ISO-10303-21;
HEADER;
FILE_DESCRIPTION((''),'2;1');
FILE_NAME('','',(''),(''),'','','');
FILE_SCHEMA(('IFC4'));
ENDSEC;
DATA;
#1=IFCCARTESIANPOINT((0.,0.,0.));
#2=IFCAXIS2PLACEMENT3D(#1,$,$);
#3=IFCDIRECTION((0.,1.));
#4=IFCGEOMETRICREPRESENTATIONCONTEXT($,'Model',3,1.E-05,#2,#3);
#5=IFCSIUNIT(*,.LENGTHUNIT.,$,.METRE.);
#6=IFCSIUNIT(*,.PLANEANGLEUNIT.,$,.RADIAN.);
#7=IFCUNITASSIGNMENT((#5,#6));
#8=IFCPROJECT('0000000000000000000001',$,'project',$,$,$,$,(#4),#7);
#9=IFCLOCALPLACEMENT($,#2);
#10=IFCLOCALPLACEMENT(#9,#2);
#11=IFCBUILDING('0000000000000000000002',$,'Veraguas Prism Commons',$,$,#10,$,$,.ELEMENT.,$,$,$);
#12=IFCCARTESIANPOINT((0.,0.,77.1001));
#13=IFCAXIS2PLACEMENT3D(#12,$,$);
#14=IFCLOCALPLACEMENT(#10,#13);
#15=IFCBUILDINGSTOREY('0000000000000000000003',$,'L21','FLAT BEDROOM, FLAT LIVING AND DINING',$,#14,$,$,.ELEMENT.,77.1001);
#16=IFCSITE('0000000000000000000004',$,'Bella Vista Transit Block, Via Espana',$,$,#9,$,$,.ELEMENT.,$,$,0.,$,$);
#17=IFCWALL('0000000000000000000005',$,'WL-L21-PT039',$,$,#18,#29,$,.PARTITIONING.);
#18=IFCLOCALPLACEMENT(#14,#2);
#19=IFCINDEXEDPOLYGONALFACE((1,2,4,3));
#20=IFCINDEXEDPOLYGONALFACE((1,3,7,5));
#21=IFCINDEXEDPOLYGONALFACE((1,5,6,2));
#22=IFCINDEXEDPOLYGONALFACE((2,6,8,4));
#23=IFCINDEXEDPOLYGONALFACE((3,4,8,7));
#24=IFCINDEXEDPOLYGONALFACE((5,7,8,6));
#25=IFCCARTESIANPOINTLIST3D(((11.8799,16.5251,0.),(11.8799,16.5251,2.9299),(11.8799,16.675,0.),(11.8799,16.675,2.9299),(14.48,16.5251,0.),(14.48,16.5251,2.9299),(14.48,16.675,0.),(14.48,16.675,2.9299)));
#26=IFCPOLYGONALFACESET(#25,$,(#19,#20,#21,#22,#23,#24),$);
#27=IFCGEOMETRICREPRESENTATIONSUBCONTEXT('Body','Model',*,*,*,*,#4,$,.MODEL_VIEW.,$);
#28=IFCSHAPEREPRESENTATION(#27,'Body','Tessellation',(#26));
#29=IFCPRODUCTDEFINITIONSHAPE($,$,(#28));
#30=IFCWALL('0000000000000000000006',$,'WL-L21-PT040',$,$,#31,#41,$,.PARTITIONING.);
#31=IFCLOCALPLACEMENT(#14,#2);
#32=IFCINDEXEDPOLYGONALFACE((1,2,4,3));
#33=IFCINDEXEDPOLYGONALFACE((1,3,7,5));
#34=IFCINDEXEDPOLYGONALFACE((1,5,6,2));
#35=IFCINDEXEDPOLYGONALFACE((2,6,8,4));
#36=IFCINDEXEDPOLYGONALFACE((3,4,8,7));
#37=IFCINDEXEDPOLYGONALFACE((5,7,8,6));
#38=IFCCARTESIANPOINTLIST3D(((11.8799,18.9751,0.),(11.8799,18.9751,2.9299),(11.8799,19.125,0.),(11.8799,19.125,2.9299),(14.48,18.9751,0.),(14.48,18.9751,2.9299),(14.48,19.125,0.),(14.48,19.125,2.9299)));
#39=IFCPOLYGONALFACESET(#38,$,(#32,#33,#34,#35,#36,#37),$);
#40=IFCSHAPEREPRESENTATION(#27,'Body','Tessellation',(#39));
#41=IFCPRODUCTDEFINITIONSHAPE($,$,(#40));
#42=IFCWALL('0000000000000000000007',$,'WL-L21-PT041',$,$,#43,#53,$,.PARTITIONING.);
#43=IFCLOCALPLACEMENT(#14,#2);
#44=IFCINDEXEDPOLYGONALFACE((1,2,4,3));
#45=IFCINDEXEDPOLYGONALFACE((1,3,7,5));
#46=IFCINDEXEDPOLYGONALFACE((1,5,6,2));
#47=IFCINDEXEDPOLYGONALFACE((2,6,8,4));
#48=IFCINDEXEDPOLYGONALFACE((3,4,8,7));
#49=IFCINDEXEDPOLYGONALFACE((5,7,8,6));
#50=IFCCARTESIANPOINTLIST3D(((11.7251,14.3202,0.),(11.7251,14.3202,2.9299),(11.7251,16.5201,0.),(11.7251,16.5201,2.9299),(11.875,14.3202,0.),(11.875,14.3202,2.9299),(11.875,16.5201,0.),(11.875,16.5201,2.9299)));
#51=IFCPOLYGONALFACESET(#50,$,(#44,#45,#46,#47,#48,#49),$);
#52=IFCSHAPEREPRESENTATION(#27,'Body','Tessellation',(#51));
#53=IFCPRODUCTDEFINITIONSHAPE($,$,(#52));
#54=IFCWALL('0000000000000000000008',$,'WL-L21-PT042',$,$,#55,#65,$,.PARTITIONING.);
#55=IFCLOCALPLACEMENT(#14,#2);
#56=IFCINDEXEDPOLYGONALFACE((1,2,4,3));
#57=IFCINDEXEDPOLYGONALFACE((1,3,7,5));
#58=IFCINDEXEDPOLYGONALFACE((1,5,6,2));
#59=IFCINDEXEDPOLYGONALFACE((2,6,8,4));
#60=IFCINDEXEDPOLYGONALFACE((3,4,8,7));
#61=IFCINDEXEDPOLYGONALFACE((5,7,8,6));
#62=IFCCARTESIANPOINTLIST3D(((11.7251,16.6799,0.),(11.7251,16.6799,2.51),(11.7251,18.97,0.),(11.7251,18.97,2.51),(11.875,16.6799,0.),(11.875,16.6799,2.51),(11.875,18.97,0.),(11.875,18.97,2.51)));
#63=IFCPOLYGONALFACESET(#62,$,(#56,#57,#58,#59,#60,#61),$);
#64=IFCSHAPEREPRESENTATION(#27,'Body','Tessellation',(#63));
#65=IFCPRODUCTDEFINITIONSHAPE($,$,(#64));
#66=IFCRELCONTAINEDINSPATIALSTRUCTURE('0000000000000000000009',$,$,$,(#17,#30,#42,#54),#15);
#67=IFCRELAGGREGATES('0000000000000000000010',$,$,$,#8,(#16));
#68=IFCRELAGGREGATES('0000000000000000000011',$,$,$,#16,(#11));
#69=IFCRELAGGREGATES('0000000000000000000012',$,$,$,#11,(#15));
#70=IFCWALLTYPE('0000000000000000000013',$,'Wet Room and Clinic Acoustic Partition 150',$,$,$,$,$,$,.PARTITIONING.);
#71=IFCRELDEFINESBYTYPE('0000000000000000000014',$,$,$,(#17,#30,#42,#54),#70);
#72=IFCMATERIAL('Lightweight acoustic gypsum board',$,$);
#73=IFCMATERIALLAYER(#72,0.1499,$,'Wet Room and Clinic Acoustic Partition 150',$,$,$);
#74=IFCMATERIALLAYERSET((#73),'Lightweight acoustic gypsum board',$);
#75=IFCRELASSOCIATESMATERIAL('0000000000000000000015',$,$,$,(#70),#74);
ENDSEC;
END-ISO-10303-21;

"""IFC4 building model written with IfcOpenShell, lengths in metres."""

from ifc_helpers import new_model, si_unit, direction, frame, frame_2d, origin, place, context, subcontext, project, spatial, rectangle, extrude, material, layer, layer_set, type_object, element, save


model = new_model("IFC4")

# Units and contexts
model_context = context("Model", 3, precision=1e-05, world=origin(), true_north=direction((0.0, 1.0)))
body_context = subcontext(model_context, "Body", "Model", "MODEL_VIEW")
ifc_project = project(units=[si_unit("LENGTHUNIT", "METRE"), si_unit("PLANEANGLEUNIT", "RADIAN")], contexts=[model_context])

# Site, building, storey
site_placement = place(None, origin())
site = spatial("IfcSite", under=ifc_project, at=site_placement, Name="Bella Vista Transit Block, Via Espana", CompositionType="ELEMENT", RefElevation=0.0)
building_placement = place(site_placement, origin())
building = spatial("IfcBuilding", under=site, at=building_placement, Name="Veraguas Prism Commons", CompositionType="ELEMENT")
storey_placement = place(building_placement, frame((0.0, 0.0, 77.1001)))
storey = spatial("IfcBuildingStorey", under=building, at=storey_placement, Name="L21", Description="FLAT BEDROOM, FLAT LIVING AND DINING", CompositionType="ELEMENT", Elevation=77.1001)

# Walls
ifc_material_1 = material(Name="Lightweight acoustic gypsum board")
ifc_layer_1 = layer(ifc_material_1, 0.1499, Name="Wet Room and Clinic Acoustic Partition 150")
ifc_layer_set_1 = layer_set([ifc_layer_1], Name="Lightweight acoustic gypsum board")
wall_type_1 = type_object("IfcWallType", Name="Wet Room and Clinic Acoustic Partition 150", PredefinedType="PARTITIONING", material=ifc_layer_set_1)
for number, where, z_axis, x_axis, name in (
    (1, (14.48, 16.6001, 0.0), (0.0, 0.0, 1.0), (-1.0, 0.0, 0.0), "WL-L21-PT039"),
    (2, (14.48, 19.05, 0.0), (0.0, 0.0, 1.0), (-1.0, 0.0, 0.0), "WL-L21-PT040"),
):
    element("IfcWall", number, at=place(storey_placement, frame(where, z_axis=z_axis, x_axis=x_axis)), inside=storey, type_object=wall_type_1, Name=name, PredefinedType="PARTITIONING", context=body_context, shape_type="SweptSolid", body=[
        extrude(rectangle(XDim=2.6001, YDim=0.1499, at=frame_2d((1.3, 0.0))), origin(), (0.0, 0.0, 1.0), 2.9299),
    ])
wall_1_placement = place(storey_placement, frame((11.8, 14.3201, 0.0), z_axis=(0.0, 0.0, 1.0), x_axis=(0.0, 1.0, 0.0)))
element("IfcWall", 3, at=wall_1_placement, inside=storey, type_object=wall_type_1, Name="WL-L21-PT041", PredefinedType="PARTITIONING", context=body_context, shape_type="SweptSolid", body=[
    extrude(rectangle(XDim=2.2, YDim=0.1499, at=frame_2d((1.1001, 0.0))), origin(), (0.0, 0.0, 1.0), 2.9299),
])
wall_2_placement = place(storey_placement, frame((11.8, 16.6799, 0.0), z_axis=(0.0, 0.0, 1.0), x_axis=(0.0, 1.0, 0.0)))
element("IfcWall", 4, at=wall_2_placement, inside=storey, type_object=wall_type_1, Name="WL-L21-PT042", PredefinedType="PARTITIONING", context=body_context, shape_type="SweptSolid", body=[
    extrude(rectangle(XDim=2.29, YDim=0.1499, at=frame_2d((1.145, 0.0))), origin(), (0.0, 0.0, 1.0), 2.51),
])

save(model, "model.ifc")
